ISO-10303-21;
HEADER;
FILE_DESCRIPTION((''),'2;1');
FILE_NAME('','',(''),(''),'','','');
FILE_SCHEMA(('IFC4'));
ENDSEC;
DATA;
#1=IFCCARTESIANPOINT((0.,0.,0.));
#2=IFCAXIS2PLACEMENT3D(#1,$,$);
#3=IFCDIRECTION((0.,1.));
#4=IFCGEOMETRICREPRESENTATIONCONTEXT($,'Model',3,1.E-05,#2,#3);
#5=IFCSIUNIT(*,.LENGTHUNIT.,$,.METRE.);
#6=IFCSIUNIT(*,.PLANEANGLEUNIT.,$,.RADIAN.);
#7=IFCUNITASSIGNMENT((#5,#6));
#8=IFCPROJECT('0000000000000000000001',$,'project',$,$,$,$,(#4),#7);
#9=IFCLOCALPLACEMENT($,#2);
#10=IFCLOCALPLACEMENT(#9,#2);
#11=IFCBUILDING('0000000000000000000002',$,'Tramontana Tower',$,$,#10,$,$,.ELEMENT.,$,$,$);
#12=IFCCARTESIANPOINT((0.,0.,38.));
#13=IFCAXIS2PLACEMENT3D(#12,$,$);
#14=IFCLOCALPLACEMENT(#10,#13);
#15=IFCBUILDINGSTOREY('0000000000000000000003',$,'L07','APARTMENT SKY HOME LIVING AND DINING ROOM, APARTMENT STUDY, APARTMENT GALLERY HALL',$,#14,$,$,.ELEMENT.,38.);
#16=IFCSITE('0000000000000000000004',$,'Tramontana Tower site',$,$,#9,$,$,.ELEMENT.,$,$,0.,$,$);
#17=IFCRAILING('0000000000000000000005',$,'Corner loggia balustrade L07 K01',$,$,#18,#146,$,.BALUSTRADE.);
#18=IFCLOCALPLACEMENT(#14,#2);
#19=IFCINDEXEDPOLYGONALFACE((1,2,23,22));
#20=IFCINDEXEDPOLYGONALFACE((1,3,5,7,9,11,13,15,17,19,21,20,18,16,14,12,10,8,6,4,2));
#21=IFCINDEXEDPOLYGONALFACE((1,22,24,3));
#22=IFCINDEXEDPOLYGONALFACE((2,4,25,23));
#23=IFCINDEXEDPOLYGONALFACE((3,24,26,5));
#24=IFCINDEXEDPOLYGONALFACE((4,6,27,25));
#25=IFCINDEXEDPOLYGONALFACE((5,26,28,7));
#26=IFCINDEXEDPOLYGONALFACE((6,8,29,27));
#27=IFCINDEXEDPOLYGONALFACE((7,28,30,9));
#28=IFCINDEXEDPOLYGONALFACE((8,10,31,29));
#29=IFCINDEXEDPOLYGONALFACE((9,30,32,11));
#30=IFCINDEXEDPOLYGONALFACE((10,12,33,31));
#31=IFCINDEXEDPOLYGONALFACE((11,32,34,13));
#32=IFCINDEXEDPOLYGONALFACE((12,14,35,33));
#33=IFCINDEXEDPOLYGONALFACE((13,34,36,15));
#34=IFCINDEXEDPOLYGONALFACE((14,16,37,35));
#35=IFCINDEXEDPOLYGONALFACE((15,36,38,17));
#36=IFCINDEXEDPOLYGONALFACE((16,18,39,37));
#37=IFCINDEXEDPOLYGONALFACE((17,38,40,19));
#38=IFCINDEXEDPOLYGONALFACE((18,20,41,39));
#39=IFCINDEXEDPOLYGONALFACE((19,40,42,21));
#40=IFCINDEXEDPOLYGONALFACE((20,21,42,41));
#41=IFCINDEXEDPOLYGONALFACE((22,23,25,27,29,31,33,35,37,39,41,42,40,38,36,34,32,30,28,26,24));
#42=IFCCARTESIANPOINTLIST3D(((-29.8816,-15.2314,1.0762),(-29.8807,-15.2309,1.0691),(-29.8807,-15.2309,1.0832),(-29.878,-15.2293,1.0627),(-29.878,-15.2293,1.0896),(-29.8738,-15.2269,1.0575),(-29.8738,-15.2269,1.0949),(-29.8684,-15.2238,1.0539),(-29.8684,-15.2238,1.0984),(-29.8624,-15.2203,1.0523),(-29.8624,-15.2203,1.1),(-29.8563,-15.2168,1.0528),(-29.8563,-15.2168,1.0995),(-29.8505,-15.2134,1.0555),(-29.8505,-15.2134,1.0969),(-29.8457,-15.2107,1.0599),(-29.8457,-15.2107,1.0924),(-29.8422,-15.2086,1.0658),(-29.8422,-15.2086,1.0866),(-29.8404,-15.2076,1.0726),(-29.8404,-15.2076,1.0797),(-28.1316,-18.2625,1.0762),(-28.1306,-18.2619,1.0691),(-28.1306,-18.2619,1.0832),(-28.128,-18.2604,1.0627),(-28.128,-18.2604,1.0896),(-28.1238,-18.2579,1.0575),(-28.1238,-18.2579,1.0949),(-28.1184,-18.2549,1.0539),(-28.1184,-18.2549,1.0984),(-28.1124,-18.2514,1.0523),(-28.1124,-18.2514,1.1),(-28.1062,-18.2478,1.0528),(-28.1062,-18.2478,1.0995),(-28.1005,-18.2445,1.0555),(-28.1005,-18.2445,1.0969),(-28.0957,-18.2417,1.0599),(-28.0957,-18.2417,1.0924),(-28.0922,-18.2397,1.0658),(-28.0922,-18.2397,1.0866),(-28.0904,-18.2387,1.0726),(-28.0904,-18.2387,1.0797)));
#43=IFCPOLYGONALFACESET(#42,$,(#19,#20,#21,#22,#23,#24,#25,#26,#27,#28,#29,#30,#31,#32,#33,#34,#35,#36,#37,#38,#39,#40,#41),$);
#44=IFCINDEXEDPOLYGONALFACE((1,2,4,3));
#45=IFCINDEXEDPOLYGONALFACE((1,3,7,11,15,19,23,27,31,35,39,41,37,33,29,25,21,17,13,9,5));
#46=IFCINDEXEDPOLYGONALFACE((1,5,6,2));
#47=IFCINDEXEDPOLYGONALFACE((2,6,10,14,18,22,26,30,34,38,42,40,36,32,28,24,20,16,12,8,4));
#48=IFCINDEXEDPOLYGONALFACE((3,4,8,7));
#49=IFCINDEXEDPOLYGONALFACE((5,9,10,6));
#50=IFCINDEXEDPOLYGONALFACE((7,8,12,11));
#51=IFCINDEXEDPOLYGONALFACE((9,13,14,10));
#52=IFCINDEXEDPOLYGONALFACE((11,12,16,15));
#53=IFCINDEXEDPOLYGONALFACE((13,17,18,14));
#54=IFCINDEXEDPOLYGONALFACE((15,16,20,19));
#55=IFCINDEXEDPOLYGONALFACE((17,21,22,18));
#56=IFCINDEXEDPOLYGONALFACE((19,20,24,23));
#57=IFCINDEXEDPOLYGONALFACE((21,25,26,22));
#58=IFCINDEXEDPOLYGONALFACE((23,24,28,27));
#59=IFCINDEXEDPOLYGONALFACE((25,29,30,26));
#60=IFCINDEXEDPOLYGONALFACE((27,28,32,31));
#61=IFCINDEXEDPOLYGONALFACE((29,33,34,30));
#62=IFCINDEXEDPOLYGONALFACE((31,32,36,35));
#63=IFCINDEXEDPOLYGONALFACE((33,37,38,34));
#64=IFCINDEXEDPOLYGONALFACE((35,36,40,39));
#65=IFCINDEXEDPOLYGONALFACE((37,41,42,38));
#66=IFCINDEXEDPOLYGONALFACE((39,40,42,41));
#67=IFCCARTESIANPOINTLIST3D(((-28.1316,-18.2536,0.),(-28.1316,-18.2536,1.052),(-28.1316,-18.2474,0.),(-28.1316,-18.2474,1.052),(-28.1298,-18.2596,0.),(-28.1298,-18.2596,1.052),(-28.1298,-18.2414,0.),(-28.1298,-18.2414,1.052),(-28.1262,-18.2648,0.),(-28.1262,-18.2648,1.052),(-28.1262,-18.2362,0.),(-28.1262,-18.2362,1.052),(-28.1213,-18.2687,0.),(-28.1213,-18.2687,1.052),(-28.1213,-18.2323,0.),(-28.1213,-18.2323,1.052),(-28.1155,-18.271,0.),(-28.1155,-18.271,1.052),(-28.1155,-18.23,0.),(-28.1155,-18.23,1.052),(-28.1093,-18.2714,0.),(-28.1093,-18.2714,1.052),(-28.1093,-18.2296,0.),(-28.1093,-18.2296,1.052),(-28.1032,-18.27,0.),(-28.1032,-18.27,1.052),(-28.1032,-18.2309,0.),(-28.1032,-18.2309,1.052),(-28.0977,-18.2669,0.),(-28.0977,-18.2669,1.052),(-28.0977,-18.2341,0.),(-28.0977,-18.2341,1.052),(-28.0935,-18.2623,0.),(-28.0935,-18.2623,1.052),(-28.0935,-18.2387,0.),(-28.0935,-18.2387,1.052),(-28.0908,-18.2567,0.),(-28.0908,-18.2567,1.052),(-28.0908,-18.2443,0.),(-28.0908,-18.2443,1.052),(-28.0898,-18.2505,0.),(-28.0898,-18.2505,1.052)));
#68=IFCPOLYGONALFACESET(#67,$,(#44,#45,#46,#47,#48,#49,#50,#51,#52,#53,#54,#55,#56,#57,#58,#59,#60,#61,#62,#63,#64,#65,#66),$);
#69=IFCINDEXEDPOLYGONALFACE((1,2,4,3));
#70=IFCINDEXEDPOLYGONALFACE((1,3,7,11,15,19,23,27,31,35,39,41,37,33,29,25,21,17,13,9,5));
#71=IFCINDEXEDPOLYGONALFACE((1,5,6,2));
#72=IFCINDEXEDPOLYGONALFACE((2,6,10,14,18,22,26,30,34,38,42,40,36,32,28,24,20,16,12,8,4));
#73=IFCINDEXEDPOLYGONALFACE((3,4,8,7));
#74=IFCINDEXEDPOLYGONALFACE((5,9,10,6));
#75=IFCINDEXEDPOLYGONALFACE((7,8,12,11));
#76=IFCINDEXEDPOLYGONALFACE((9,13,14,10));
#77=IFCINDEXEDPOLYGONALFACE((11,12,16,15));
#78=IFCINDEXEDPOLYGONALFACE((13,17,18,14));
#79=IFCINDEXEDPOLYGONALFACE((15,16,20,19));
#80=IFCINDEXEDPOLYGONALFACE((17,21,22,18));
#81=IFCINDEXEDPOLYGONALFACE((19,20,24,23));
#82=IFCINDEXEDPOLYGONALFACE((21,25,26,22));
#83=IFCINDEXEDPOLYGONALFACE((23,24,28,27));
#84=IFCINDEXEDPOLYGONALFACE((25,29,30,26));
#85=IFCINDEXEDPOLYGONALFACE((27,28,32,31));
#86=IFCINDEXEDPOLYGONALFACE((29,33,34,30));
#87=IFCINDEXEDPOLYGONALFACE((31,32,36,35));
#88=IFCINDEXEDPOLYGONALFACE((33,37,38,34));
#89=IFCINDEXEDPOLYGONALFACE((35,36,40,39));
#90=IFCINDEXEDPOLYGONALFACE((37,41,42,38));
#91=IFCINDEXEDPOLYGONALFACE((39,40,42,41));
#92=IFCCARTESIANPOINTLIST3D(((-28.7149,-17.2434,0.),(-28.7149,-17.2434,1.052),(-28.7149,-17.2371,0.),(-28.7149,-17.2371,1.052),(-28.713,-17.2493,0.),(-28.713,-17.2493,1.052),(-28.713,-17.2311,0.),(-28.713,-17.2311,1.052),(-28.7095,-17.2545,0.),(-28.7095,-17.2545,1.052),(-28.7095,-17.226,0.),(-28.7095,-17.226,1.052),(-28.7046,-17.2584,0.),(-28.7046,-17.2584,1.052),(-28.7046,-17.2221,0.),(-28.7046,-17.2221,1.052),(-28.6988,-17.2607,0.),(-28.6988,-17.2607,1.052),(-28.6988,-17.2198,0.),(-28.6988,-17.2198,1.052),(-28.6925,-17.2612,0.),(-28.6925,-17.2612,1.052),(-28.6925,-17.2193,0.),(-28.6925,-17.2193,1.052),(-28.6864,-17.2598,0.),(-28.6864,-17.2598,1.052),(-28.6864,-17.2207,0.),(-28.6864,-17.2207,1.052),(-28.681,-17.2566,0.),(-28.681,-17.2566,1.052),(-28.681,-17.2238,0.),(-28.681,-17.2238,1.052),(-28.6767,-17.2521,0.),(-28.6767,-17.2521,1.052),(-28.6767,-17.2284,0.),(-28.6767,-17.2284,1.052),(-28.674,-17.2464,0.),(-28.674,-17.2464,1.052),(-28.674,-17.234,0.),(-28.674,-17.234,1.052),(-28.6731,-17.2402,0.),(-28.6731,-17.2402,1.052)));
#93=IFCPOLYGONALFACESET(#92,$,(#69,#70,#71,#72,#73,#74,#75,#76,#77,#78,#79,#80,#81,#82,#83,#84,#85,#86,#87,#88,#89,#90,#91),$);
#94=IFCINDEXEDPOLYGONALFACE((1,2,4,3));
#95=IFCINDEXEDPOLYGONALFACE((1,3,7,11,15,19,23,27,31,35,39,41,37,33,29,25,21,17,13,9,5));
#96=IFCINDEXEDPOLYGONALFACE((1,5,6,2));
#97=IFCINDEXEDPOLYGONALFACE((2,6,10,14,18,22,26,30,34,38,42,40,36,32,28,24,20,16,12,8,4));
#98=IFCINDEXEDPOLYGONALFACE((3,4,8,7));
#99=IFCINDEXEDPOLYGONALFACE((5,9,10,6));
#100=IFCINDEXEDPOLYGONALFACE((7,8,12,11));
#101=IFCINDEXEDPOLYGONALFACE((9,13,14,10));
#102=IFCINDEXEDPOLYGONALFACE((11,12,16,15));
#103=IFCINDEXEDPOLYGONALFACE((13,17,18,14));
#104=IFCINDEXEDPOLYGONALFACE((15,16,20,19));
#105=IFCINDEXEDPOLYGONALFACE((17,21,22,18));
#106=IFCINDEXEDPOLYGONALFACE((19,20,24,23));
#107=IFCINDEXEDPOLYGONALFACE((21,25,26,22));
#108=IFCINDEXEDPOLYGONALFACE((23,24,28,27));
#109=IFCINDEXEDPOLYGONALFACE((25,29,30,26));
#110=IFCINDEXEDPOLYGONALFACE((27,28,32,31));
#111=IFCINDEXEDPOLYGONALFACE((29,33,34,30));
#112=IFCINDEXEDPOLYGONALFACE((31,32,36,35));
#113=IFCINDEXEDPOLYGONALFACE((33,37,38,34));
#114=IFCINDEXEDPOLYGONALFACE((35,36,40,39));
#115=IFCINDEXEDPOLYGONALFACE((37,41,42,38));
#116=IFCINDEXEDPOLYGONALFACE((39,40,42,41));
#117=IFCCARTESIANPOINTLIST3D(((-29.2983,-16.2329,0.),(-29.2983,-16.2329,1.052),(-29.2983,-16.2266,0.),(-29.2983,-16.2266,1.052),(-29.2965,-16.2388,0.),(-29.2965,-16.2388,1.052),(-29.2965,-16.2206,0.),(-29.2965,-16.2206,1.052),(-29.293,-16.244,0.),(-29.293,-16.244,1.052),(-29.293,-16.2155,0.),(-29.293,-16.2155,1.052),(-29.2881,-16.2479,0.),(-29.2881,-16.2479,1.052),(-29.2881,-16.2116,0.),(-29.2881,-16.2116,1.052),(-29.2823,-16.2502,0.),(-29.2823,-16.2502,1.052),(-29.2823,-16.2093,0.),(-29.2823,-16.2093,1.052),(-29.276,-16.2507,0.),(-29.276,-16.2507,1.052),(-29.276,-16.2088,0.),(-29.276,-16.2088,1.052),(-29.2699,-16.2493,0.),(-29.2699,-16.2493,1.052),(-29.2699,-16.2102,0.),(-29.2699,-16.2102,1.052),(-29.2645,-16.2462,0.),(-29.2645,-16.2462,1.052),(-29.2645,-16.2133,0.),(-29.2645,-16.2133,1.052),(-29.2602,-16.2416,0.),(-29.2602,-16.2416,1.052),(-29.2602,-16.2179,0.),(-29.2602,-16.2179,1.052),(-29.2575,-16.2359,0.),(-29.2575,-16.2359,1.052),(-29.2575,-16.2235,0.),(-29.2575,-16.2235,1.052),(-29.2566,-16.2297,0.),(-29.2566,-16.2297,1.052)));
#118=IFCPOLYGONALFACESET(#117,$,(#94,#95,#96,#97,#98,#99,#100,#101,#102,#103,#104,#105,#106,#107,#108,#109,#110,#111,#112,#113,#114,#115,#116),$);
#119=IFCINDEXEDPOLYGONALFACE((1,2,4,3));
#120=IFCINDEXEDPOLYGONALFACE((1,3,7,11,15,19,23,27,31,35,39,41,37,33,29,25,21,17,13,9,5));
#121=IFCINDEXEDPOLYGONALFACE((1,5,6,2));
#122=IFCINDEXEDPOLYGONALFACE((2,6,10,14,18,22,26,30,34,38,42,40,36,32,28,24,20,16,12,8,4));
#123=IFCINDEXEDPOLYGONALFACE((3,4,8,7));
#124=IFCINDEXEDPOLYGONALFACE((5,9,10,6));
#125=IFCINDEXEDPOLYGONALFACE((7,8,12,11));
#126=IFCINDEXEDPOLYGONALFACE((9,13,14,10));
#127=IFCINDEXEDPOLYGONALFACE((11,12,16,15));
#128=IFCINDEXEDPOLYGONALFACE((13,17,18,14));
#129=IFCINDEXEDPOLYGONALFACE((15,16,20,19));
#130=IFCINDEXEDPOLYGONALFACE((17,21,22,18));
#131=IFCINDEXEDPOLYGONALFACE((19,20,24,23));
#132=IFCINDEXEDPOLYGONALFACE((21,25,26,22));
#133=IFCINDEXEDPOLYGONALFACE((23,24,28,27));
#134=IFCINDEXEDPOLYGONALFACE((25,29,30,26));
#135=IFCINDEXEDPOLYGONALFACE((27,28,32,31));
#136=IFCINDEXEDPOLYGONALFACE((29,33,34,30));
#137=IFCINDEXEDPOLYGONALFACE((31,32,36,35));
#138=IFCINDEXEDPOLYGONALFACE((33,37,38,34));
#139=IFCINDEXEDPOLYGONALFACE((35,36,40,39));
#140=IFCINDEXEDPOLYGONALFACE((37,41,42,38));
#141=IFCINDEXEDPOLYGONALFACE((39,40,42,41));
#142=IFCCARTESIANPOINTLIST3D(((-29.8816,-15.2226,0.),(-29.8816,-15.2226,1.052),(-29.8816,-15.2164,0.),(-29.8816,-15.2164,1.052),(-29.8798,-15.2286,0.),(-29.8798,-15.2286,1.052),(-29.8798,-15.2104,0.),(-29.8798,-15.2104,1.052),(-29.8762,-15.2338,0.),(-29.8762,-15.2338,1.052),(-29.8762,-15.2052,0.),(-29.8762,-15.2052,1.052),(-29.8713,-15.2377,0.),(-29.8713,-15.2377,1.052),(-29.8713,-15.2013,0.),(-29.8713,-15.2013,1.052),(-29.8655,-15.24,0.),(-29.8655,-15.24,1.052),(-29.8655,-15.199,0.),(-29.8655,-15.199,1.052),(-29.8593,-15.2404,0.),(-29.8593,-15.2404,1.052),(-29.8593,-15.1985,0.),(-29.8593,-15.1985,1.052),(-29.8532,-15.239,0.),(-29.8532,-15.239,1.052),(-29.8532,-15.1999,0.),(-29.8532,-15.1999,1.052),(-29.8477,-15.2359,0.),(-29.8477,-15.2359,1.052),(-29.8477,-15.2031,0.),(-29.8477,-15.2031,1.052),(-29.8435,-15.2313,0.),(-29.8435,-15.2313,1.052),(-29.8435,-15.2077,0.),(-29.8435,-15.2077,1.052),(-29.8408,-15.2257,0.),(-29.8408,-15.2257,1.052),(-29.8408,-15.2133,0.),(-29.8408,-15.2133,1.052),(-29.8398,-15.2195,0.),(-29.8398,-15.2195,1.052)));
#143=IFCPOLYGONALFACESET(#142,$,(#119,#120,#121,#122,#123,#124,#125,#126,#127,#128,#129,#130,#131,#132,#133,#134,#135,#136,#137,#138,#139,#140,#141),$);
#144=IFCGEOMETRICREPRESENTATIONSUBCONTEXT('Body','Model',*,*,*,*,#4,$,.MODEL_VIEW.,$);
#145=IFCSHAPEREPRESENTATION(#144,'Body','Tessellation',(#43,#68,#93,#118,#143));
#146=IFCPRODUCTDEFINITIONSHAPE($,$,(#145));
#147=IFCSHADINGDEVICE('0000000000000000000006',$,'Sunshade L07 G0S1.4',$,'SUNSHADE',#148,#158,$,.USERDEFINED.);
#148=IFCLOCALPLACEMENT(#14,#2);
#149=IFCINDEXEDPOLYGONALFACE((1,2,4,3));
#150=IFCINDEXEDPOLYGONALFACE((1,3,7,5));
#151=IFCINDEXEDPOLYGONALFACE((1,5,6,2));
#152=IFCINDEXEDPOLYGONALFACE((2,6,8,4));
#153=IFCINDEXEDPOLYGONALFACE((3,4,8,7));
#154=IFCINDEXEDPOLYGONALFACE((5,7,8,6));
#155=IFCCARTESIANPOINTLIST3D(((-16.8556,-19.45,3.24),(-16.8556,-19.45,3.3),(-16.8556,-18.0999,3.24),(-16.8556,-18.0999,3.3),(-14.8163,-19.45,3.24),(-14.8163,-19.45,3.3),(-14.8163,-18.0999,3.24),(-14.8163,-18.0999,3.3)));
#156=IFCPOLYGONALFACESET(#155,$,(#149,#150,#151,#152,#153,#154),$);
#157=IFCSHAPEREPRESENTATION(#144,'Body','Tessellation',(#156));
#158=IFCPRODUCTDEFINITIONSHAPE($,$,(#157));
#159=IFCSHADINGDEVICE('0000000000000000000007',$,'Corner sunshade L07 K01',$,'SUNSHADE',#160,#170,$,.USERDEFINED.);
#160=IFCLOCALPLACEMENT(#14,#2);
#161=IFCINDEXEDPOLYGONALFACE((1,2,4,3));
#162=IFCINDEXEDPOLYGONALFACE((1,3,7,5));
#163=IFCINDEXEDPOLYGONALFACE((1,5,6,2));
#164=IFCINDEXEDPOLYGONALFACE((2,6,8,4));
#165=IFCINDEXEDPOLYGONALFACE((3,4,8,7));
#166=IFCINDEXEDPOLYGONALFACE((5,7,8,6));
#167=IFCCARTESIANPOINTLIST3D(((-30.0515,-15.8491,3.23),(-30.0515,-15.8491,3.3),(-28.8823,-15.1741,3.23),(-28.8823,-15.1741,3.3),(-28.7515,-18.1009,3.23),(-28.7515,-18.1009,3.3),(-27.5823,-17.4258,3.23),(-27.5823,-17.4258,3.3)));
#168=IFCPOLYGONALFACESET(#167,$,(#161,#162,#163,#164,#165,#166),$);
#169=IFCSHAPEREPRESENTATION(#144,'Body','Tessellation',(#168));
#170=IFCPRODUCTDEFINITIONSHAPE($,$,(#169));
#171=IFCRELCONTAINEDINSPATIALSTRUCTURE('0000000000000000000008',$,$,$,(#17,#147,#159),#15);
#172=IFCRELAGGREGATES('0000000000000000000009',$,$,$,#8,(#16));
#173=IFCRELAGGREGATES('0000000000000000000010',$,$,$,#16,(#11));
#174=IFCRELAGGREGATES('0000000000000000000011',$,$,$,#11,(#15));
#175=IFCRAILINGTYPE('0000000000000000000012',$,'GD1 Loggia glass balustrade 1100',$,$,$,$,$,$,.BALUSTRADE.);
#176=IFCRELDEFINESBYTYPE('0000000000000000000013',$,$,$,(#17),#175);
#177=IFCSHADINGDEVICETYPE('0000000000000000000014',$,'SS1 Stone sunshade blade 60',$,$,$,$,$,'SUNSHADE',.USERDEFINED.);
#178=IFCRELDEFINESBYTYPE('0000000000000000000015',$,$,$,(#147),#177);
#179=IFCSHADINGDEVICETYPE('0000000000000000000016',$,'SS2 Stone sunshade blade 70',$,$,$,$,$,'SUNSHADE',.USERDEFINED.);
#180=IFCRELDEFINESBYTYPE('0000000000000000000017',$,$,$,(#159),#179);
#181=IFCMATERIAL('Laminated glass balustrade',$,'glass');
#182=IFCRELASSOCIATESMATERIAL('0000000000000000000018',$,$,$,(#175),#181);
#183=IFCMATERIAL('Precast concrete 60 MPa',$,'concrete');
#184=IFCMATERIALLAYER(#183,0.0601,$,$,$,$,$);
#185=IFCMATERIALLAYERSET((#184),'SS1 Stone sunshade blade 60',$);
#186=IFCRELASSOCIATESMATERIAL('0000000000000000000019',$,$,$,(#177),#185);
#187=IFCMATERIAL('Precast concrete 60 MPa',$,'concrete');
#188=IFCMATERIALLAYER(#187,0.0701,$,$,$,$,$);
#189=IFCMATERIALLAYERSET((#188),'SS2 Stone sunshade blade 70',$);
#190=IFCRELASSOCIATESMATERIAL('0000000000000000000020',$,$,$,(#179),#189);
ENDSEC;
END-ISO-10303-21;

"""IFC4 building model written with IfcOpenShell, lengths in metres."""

from ifc_helpers import new_model, si_unit, direction, frame, origin, origin_2d, place, context, subcontext, project, spatial, rectangle, circle, extrude, material, layer, layer_set, type_object, element, save


model = new_model("IFC4")

# Units and contexts
model_context = context("Model", 3, precision=1e-05, world=origin(), true_north=direction((0.0, 1.0)))
body_context = subcontext(model_context, "Body", "Model", "MODEL_VIEW")
ifc_project = project(units=[si_unit("LENGTHUNIT", "METRE"), si_unit("PLANEANGLEUNIT", "RADIAN")], contexts=[model_context])

# Site, building, storey
site_placement = place(None, origin())
site = spatial("IfcSite", under=ifc_project, at=site_placement, Name="Tramontana Tower site", CompositionType="ELEMENT", RefElevation=0.0)
building_placement = place(site_placement, origin())
building = spatial("IfcBuilding", under=site, at=building_placement, Name="Tramontana Tower", CompositionType="ELEMENT")
storey_placement = place(building_placement, frame((0.0, 0.0, 38.0)))
storey = spatial("IfcBuildingStorey", under=building, at=storey_placement, Name="L07", Description="APARTMENT SKY HOME LIVING AND DINING ROOM, APARTMENT STUDY, APARTMENT GALLERY HALL", CompositionType="ELEMENT", Elevation=38.0)

# Railing
ifc_material_1 = material(Name="Laminated glass balustrade", Category="glass")
railing_type = type_object("IfcRailingType", Name="GD1 Loggia glass balustrade 1100", PredefinedType="BALUSTRADE", material=ifc_material_1)
railing_1_placement = place(storey_placement, frame((-28.1108, -18.2505, 0.0)))
element("IfcRailing", 1, at=railing_1_placement, inside=storey, type_object=railing_type, Name="Corner loggia balustrade L07 K01", PredefinedType="BALUSTRADE", context=body_context, shape_type="SweptSolid", body=[
    extrude(circle(Radius=0.0239, at=origin_2d()), frame((0.0, 0.0, 1.0762), z_axis=(-0.50001, 0.866019, 0.0), x_axis=(-0.866019, -0.50001, 0.0)), (0.0, 0.0, 1.0), 3.5),
    extrude(circle(Radius=0.021, at=origin_2d()), origin(), (0.0, 0.0, 1.0), 1.052),
    extrude(circle(Radius=0.021, at=origin_2d()), frame((-0.5833, 1.0103, 0.0)), (0.0, 0.0, 1.0), 1.052),
    extrude(circle(Radius=0.021, at=origin_2d()), frame((-1.1667, 2.0208, 0.0)), (0.0, 0.0, 1.0), 1.052),
    extrude(circle(Radius=0.021, at=origin_2d()), frame((-1.75, 3.031, 0.0)), (0.0, 0.0, 1.0), 1.052),
])

# Shading devices
ifc_material_2 = material(Name="Precast concrete 60 MPa", Category="concrete")
ifc_layer_1 = layer(ifc_material_2, 0.0601)
ifc_layer_set_1 = layer_set([ifc_layer_1], Name="SS1 Stone sunshade blade 60")
shading_device_type_1 = type_object("IfcShadingDeviceType", Name="SS1 Stone sunshade blade 60", ElementType="SUNSHADE", PredefinedType="USERDEFINED", material=ifc_layer_set_1)
shading_device_1_placement = place(storey_placement, frame((-15.8359, -18.7749, 3.24), z_axis=(0.0, 0.0, 1.0), x_axis=(1.0, 0.0, 0.0)))
element("IfcShadingDevice", 2, at=shading_device_1_placement, inside=storey, type_object=shading_device_type_1, Name="Sunshade L07 G0S1.4", ObjectType="SUNSHADE", PredefinedType="USERDEFINED", context=body_context, shape_type="SweptSolid", body=[
    extrude(rectangle(XDim=2.0393, YDim=1.3501, at=origin_2d()), origin(), (0.0, 0.0, 1.0), 0.0601),
])
ifc_material_3 = material(Name="Precast concrete 60 MPa", Category="concrete")
ifc_layer_2 = layer(ifc_material_3, 0.0701)
ifc_layer_set_2 = layer_set([ifc_layer_2], Name="SS2 Stone sunshade blade 70")
shading_device_type_2 = type_object("IfcShadingDeviceType", Name="SS2 Stone sunshade blade 70", ElementType="SUNSHADE", PredefinedType="USERDEFINED", material=ifc_layer_set_2)
shading_device_2_placement = place(storey_placement, frame((-28.8169, -16.6375, 3.23), z_axis=(0.0, 0.0, 1.0), x_axis=(-0.5, 0.866025, 0.0)))
element("IfcShadingDevice", 3, at=shading_device_2_placement, inside=storey, type_object=shading_device_type_2, Name="Corner sunshade L07 K01", ObjectType="SUNSHADE", PredefinedType="USERDEFINED", context=body_context, shape_type="SweptSolid", body=[
    extrude(rectangle(XDim=2.6001, YDim=1.3501, at=origin_2d()), origin(), (0.0, 0.0, 1.0), 0.0701),
])

save(model, "model.ifc")
